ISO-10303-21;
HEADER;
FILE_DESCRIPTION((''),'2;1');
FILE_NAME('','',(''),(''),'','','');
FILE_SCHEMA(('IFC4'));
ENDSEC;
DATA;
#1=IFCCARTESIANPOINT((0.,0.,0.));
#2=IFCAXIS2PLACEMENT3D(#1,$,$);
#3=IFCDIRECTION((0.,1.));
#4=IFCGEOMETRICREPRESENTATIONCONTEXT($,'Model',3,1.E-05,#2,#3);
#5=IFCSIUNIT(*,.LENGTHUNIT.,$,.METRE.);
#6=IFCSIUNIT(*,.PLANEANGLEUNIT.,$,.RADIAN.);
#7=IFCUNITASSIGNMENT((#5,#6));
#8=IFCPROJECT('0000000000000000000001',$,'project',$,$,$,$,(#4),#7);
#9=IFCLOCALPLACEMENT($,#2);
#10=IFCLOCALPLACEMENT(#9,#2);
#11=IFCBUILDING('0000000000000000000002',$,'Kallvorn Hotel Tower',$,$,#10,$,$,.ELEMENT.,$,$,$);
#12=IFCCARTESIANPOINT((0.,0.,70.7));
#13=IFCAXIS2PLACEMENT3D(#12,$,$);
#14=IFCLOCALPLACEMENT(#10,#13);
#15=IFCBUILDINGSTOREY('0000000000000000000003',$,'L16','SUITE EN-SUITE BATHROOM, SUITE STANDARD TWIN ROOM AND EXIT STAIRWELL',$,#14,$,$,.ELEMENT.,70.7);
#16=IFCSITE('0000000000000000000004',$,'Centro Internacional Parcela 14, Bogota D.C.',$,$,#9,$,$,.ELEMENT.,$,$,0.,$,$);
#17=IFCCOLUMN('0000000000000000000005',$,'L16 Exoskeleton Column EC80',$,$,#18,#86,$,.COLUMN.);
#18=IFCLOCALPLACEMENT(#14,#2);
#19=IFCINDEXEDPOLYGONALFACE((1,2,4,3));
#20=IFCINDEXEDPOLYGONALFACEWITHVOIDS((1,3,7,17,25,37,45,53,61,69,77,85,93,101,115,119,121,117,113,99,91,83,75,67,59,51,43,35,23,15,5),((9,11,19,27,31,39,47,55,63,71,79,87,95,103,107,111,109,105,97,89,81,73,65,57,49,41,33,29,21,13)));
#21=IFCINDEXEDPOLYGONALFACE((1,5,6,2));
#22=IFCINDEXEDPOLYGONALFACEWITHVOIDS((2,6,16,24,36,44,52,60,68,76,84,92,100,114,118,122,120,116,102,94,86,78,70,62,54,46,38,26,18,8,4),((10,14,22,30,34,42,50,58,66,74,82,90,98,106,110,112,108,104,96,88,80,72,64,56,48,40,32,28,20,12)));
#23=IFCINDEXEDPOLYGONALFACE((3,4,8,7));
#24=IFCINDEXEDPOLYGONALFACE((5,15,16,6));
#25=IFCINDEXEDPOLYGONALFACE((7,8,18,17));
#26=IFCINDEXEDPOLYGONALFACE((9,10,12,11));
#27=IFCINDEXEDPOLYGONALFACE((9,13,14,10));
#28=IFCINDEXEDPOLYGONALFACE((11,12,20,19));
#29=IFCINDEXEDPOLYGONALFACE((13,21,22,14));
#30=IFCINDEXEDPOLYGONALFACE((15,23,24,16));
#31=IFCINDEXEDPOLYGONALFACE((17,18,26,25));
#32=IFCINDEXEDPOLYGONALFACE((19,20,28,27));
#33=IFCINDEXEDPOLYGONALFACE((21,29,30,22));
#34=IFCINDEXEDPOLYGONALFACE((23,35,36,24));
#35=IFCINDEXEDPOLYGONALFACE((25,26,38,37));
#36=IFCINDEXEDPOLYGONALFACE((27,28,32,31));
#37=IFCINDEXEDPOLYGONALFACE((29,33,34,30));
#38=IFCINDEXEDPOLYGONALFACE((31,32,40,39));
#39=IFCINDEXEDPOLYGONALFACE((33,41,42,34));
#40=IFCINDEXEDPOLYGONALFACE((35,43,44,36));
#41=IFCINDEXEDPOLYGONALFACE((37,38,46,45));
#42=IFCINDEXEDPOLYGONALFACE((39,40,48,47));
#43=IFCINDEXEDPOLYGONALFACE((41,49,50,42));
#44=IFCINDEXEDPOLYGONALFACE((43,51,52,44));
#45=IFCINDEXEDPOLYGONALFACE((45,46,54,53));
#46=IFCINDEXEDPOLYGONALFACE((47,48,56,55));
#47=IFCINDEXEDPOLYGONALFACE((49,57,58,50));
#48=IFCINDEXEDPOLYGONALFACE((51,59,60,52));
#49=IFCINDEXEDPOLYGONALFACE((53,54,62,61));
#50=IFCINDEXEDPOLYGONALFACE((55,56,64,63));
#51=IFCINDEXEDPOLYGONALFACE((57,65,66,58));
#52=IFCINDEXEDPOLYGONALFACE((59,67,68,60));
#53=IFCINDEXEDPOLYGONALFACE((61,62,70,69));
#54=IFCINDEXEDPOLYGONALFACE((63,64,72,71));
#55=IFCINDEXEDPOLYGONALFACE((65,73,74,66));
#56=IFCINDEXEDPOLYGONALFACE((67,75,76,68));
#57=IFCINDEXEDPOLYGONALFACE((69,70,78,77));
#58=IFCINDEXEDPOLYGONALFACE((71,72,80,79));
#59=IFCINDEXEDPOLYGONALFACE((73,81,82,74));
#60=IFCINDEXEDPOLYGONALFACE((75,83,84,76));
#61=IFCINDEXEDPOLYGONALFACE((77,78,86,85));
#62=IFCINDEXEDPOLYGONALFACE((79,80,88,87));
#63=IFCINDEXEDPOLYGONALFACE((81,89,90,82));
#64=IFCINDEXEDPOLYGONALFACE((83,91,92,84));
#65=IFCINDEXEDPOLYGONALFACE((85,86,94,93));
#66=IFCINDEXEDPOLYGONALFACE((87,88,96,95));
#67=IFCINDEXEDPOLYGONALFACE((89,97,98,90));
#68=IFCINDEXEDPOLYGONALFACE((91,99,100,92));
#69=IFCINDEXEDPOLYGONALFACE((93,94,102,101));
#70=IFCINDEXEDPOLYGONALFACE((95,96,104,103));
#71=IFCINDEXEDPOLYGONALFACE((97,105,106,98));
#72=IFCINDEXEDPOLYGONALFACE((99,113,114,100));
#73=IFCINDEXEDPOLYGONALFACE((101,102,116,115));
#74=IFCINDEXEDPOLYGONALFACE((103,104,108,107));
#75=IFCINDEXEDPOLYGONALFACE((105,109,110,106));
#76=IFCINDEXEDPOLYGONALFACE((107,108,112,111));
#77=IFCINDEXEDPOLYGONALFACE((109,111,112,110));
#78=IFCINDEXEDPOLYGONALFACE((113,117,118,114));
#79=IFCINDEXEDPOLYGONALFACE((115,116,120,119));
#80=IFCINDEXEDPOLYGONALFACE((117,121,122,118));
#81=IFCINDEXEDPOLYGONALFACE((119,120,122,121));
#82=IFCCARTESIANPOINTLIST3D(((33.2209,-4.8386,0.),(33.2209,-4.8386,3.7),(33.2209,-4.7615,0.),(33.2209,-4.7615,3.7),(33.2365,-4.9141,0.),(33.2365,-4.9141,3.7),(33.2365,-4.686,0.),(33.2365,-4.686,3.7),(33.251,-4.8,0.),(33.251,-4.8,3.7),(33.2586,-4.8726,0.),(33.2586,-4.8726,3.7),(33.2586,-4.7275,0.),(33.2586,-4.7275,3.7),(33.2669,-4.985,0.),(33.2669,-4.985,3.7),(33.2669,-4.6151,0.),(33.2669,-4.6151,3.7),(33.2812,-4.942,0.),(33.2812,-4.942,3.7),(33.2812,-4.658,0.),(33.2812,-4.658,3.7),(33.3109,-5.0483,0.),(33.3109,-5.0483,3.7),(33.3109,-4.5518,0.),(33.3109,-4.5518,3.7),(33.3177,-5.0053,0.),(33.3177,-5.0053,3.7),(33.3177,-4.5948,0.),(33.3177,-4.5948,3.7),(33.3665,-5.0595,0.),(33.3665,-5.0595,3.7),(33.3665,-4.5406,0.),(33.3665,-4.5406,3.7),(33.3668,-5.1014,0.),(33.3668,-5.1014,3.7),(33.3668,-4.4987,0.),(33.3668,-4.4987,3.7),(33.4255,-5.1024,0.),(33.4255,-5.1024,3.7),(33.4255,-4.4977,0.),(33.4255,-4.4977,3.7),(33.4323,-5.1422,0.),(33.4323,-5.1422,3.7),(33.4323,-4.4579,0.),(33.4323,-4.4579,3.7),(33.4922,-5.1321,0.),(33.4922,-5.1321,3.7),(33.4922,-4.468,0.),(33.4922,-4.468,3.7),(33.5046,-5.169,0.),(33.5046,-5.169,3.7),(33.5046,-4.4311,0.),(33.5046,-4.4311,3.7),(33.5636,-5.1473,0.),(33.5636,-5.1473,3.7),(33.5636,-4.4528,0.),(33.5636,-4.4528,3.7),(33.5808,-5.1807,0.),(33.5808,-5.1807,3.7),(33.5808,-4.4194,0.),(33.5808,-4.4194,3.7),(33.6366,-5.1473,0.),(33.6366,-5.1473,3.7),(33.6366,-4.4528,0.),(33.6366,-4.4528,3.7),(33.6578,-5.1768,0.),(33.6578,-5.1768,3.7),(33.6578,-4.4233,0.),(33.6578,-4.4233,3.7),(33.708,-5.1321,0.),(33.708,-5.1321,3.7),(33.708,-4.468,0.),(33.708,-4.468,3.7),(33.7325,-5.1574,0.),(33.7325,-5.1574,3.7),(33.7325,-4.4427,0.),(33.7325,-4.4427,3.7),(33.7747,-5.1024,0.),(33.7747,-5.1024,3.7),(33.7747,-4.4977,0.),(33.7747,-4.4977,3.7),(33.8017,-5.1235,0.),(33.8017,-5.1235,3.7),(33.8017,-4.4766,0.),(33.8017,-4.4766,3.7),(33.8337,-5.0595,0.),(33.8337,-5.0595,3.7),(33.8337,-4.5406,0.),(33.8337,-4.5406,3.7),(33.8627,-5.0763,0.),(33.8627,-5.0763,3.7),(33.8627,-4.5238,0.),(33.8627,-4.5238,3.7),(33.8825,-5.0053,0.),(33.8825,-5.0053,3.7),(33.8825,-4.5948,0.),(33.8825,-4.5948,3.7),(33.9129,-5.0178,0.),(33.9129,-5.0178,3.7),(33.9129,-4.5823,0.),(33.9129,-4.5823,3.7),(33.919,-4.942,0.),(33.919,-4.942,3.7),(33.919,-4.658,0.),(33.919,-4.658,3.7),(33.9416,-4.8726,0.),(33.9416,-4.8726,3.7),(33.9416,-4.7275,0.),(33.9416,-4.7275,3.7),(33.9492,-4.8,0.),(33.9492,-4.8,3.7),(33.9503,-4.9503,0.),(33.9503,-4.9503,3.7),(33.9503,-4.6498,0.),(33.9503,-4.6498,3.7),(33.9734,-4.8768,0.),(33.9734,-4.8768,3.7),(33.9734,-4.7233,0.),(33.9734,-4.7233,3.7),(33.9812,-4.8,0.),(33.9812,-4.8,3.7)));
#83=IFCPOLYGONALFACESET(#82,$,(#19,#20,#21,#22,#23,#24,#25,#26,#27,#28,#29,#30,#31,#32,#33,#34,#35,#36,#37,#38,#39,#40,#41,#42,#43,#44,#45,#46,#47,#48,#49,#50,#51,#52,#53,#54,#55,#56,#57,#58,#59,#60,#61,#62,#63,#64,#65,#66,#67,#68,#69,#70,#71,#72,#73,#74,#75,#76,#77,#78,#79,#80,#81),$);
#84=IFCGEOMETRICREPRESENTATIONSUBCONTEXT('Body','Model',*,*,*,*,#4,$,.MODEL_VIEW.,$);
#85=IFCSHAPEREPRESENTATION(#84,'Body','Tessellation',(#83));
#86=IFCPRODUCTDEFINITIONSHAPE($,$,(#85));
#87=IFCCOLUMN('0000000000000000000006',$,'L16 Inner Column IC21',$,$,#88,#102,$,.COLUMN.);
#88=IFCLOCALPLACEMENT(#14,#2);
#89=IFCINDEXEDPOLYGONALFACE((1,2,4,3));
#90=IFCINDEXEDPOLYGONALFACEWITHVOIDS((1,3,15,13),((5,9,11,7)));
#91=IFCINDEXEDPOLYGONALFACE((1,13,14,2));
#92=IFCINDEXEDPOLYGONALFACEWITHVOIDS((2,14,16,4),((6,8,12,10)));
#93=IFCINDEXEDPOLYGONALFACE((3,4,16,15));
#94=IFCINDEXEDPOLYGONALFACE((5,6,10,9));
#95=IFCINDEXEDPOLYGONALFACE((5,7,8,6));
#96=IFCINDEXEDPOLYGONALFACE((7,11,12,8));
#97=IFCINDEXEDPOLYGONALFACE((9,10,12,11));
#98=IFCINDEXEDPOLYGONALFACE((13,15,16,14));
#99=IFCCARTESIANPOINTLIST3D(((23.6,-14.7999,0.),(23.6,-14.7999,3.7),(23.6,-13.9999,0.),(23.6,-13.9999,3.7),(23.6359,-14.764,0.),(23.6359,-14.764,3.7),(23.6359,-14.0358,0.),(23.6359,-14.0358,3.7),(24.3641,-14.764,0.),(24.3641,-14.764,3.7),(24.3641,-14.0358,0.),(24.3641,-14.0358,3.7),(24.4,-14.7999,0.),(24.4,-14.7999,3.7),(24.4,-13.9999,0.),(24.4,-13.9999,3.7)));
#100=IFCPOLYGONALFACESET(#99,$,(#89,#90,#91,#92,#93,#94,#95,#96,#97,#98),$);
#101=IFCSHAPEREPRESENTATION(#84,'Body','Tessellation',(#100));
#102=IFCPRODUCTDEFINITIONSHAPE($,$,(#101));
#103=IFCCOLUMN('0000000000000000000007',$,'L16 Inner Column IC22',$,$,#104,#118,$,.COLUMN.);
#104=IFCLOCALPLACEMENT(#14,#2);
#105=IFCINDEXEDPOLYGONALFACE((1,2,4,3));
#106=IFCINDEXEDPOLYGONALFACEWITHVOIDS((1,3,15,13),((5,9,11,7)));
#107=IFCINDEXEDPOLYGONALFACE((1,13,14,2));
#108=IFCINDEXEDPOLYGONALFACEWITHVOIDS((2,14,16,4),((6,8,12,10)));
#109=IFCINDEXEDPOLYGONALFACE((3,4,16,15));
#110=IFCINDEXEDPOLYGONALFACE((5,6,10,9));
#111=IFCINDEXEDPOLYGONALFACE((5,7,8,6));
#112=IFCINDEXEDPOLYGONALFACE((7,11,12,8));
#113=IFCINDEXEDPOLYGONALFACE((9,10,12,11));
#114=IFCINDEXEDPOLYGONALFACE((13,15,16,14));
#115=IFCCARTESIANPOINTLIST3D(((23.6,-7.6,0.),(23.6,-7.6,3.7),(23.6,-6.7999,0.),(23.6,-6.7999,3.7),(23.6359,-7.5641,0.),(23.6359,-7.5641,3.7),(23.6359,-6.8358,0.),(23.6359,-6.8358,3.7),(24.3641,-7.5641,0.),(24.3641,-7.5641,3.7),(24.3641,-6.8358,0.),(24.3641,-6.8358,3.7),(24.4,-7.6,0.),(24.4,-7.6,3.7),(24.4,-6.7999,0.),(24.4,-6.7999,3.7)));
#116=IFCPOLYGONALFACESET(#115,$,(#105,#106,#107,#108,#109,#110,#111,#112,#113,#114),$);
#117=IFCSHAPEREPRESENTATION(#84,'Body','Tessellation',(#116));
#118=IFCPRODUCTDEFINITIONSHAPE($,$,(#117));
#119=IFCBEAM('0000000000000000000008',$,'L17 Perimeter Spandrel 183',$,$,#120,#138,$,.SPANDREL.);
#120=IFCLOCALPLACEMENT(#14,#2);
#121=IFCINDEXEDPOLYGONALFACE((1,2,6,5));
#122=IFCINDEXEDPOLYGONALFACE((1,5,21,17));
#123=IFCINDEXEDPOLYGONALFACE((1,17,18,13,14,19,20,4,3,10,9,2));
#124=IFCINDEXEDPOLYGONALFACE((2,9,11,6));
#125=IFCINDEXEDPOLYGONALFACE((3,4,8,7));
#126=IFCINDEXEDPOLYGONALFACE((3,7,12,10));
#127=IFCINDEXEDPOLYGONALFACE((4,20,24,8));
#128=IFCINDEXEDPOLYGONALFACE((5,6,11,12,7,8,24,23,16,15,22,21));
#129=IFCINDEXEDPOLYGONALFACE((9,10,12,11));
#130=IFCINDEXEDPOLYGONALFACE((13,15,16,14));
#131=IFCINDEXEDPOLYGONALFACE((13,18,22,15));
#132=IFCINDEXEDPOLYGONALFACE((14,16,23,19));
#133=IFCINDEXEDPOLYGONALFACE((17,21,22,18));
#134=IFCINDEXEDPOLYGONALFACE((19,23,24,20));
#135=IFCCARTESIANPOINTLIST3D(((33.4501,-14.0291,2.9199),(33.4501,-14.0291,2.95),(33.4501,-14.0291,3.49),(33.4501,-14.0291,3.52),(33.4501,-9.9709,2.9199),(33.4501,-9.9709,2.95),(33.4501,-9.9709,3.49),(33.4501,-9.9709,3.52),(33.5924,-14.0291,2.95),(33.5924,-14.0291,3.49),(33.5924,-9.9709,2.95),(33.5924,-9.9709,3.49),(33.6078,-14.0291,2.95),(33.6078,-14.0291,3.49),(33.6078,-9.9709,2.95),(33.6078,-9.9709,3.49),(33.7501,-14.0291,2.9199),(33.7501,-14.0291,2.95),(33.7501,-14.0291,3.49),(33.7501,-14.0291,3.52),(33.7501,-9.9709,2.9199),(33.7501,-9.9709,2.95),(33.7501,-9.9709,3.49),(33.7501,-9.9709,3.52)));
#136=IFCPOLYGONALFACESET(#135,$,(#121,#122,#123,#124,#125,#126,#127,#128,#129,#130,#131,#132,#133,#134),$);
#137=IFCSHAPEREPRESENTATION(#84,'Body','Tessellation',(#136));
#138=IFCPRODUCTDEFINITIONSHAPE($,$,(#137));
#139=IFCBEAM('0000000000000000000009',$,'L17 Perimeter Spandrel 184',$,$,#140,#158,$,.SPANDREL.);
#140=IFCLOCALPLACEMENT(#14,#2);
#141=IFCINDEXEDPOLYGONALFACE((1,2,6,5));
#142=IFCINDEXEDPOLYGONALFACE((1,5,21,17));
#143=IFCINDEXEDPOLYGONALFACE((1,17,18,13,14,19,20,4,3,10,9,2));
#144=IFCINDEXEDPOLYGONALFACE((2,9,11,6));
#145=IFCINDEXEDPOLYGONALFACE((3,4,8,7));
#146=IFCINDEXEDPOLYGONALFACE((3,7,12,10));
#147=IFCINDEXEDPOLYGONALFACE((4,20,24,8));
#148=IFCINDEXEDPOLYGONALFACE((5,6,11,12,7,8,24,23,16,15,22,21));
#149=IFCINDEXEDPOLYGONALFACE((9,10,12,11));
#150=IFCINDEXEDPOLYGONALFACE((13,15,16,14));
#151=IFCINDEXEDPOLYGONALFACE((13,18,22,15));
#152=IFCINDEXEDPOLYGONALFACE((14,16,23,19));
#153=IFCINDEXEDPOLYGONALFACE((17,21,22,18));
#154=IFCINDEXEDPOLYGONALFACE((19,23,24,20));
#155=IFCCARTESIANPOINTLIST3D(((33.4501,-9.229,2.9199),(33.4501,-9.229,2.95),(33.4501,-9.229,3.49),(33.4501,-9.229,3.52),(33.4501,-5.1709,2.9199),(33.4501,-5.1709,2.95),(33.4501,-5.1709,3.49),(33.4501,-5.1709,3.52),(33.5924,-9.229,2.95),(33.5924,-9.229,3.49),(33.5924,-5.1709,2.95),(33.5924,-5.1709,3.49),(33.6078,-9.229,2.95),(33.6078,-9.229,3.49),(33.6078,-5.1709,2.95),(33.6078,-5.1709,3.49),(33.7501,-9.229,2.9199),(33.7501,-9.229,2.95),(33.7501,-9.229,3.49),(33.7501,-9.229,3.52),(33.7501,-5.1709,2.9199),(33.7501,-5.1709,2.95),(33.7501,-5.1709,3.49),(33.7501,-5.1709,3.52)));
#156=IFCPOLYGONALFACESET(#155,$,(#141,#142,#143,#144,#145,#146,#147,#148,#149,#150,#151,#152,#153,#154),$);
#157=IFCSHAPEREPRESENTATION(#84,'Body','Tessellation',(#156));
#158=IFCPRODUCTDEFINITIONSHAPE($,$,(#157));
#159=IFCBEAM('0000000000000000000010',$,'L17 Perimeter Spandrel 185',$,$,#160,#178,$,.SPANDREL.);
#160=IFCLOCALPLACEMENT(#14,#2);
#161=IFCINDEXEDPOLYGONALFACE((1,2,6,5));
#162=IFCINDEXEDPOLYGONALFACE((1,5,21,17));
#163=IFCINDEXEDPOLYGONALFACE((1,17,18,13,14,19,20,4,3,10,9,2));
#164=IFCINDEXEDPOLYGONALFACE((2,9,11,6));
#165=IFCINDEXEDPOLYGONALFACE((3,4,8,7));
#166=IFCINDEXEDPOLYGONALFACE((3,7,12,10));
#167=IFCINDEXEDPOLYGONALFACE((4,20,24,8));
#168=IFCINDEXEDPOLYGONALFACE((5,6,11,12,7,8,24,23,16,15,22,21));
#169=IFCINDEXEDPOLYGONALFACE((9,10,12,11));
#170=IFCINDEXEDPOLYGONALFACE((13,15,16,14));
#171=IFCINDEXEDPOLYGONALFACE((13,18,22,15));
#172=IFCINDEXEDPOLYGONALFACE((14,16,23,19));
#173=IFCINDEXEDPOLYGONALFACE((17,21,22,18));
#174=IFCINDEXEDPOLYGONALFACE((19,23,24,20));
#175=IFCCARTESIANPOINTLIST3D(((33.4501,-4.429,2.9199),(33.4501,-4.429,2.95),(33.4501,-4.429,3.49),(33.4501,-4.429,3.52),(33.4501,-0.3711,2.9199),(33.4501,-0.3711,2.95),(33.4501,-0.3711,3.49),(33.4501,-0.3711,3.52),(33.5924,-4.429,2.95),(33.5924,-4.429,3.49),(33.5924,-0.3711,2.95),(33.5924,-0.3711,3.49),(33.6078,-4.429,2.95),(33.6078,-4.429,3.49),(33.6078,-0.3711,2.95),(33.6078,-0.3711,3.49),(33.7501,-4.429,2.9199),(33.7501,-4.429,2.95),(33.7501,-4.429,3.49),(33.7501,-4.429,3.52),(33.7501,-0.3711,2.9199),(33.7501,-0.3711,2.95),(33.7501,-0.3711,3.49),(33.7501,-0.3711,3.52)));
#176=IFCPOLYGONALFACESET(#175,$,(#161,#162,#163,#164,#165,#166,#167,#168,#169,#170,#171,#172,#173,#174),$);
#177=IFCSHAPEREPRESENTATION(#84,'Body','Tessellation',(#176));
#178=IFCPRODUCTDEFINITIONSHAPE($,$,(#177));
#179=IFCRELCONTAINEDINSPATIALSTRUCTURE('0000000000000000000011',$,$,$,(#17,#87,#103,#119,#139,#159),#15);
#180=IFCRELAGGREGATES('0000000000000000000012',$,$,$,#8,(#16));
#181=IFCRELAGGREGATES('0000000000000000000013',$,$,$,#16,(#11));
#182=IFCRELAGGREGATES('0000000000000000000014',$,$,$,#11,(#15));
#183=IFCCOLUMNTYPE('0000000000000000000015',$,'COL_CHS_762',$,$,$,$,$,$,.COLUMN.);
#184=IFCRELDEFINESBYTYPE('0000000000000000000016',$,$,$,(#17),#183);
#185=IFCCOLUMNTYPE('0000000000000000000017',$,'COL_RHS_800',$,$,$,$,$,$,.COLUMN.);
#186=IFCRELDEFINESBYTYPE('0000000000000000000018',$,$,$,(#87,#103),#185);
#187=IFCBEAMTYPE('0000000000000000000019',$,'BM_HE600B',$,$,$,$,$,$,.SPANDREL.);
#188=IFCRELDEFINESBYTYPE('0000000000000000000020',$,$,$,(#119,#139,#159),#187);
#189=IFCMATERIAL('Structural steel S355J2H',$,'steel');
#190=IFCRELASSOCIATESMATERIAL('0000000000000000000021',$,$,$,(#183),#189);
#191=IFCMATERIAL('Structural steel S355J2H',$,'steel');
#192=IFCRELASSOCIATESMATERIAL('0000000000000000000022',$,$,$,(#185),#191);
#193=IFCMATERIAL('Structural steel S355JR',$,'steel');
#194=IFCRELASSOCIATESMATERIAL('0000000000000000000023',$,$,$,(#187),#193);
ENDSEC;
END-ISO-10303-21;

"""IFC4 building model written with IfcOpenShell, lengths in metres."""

from ifc_helpers import new_model, si_unit, direction, frame, origin, origin_2d, place, context, subcontext, project, spatial, hollow_rectangle, hollow_circle, i_section, extrude, material, material_profile, profile_set, type_object, element, save


model = new_model("IFC4")

# Units and contexts
model_context = context("Model", 3, precision=1e-05, world=origin(), true_north=direction((0.0, 1.0)))
body_context = subcontext(model_context, "Body", "Model", "MODEL_VIEW")
ifc_project = project(units=[si_unit("LENGTHUNIT", "METRE"), si_unit("PLANEANGLEUNIT", "RADIAN")], contexts=[model_context])

# Site, building, storey
site_placement = place(None, origin())
site = spatial("IfcSite", under=ifc_project, at=site_placement, Name="Centro Internacional Parcela 14, Bogota D.C.", CompositionType="ELEMENT", RefElevation=0.0)
building_placement = place(site_placement, origin())
building = spatial("IfcBuilding", under=site, at=building_placement, Name="Kallvorn Hotel Tower", CompositionType="ELEMENT")
storey_placement = place(building_placement, frame((0.0, 0.0, 70.7)))
storey = spatial("IfcBuildingStorey", under=building, at=storey_placement, Name="L16", Description="SUITE EN-SUITE BATHROOM, SUITE STANDARD TWIN ROOM AND EXIT STAIRWELL", CompositionType="ELEMENT", Elevation=70.7)

# Columns
ifc_material_1 = material(Name="Structural steel S355J2H", Category="steel")
ifc_material_profile_1 = material_profile(ifc_material_1, hollow_circle(Radius=0.3811, WallThickness=0.032, at=origin_2d()), Name="CHS 762x32")
ifc_profile_set_1 = profile_set([ifc_material_profile_1], Name="Structural steel S355J2H")
column_type_1 = type_object("IfcColumnType", Name="COL_CHS_762", PredefinedType="COLUMN", material=ifc_profile_set_1)
for number, where, z_axis, x_axis, name in (
    (1, (33.6001, -4.8, 0.0), (0.0, 0.0, 1.0), (1.0, 0.0, 0.0), "L16 Exoskeleton Column EC80"),
):
    element("IfcColumn", number, at=place(storey_placement, frame(where, z_axis=z_axis, x_axis=x_axis)), inside=storey, type_object=column_type_1, Name=name, PredefinedType="COLUMN", context=body_context, shape_type="SweptSolid", body=[
        extrude(hollow_circle(Radius=0.3811, WallThickness=0.032, at=origin_2d()), origin(), (0.0, 0.0, 1.0), 3.7),
    ])
ifc_material_2 = material(Name="Structural steel S355J2H", Category="steel")
ifc_material_profile_2 = material_profile(ifc_material_2, hollow_rectangle(XDim=0.8, YDim=0.8, WallThickness=0.0359, at=origin_2d()), Name="RHS 800x800x36")
ifc_profile_set_2 = profile_set([ifc_material_profile_2], Name="Structural steel S355J2H")
column_type_2 = type_object("IfcColumnType", Name="COL_RHS_800", PredefinedType="COLUMN", material=ifc_profile_set_2)
for number, where, z_axis, x_axis, name in (
    (2, (24.0, -14.3999, 0.0), (0.0, 0.0, 1.0), (1.0, 0.0, 0.0), "L16 Inner Column IC21"),
    (3, (24.0, -7.2, 0.0), (0.0, 0.0, 1.0), (1.0, 0.0, 0.0), "L16 Inner Column IC22"),
):
    element("IfcColumn", number, at=place(storey_placement, frame(where, z_axis=z_axis, x_axis=x_axis)), inside=storey, type_object=column_type_2, Name=name, PredefinedType="COLUMN", context=body_context, shape_type="SweptSolid", body=[
        extrude(hollow_rectangle(XDim=0.8, YDim=0.8, WallThickness=0.0359, at=origin_2d()), origin(), (0.0, 0.0, 1.0), 3.7),
    ])

# Beams
ifc_material_3 = material(Name="Structural steel S355JR", Category="steel")
ifc_material_profile_3 = material_profile(ifc_material_3, i_section(OverallWidth=0.3, OverallDepth=0.6001, WebThickness=0.0154, FlangeThickness=0.03, at=origin_2d()), Name="HE 600 B")
ifc_profile_set_3 = profile_set([ifc_material_profile_3], Name="Structural steel S355JR")
beam_type_1 = type_object("IfcBeamType", Name="BM_HE600B", PredefinedType="SPANDREL", material=ifc_profile_set_3)
for number, where, z_axis, x_axis, name in (
    (4, (33.6001, -14.0291, 3.22), (0.0, 1.0, 0.0), (-1.0, 0.0, 0.0), "L17 Perimeter Spandrel 183"),
    (5, (33.6001, -9.229, 3.22), (0.0, 1.0, 0.0), (-1.0, 0.0, 0.0), "L17 Perimeter Spandrel 184"),
):
    element("IfcBeam", number, at=place(storey_placement, frame(where, z_axis=z_axis, x_axis=x_axis)), inside=storey, type_object=beam_type_1, Name=name, PredefinedType="SPANDREL", context=body_context, shape_type="SweptSolid", body=[
        extrude(i_section(OverallWidth=0.3, OverallDepth=0.6001, WebThickness=0.0154, FlangeThickness=0.03, at=origin_2d()), origin(), (0.0, 0.0, 1.0), 4.0581),
    ])
beam_1_placement = place(storey_placement, frame((33.6001, -4.429, 3.22), z_axis=(0.0, 1.0, 0.0), x_axis=(-1.0, 0.0, 0.0)))
element("IfcBeam", 6, at=beam_1_placement, inside=storey, type_object=beam_type_1, Name="L17 Perimeter Spandrel 185", PredefinedType="SPANDREL", context=body_context, shape_type="SweptSolid", body=[
    extrude(i_section(OverallWidth=0.3, OverallDepth=0.6001, WebThickness=0.0154, FlangeThickness=0.03, at=origin_2d()), origin(), (0.0, 0.0, 1.0), 4.0579),
])

save(model, "model.ifc")
